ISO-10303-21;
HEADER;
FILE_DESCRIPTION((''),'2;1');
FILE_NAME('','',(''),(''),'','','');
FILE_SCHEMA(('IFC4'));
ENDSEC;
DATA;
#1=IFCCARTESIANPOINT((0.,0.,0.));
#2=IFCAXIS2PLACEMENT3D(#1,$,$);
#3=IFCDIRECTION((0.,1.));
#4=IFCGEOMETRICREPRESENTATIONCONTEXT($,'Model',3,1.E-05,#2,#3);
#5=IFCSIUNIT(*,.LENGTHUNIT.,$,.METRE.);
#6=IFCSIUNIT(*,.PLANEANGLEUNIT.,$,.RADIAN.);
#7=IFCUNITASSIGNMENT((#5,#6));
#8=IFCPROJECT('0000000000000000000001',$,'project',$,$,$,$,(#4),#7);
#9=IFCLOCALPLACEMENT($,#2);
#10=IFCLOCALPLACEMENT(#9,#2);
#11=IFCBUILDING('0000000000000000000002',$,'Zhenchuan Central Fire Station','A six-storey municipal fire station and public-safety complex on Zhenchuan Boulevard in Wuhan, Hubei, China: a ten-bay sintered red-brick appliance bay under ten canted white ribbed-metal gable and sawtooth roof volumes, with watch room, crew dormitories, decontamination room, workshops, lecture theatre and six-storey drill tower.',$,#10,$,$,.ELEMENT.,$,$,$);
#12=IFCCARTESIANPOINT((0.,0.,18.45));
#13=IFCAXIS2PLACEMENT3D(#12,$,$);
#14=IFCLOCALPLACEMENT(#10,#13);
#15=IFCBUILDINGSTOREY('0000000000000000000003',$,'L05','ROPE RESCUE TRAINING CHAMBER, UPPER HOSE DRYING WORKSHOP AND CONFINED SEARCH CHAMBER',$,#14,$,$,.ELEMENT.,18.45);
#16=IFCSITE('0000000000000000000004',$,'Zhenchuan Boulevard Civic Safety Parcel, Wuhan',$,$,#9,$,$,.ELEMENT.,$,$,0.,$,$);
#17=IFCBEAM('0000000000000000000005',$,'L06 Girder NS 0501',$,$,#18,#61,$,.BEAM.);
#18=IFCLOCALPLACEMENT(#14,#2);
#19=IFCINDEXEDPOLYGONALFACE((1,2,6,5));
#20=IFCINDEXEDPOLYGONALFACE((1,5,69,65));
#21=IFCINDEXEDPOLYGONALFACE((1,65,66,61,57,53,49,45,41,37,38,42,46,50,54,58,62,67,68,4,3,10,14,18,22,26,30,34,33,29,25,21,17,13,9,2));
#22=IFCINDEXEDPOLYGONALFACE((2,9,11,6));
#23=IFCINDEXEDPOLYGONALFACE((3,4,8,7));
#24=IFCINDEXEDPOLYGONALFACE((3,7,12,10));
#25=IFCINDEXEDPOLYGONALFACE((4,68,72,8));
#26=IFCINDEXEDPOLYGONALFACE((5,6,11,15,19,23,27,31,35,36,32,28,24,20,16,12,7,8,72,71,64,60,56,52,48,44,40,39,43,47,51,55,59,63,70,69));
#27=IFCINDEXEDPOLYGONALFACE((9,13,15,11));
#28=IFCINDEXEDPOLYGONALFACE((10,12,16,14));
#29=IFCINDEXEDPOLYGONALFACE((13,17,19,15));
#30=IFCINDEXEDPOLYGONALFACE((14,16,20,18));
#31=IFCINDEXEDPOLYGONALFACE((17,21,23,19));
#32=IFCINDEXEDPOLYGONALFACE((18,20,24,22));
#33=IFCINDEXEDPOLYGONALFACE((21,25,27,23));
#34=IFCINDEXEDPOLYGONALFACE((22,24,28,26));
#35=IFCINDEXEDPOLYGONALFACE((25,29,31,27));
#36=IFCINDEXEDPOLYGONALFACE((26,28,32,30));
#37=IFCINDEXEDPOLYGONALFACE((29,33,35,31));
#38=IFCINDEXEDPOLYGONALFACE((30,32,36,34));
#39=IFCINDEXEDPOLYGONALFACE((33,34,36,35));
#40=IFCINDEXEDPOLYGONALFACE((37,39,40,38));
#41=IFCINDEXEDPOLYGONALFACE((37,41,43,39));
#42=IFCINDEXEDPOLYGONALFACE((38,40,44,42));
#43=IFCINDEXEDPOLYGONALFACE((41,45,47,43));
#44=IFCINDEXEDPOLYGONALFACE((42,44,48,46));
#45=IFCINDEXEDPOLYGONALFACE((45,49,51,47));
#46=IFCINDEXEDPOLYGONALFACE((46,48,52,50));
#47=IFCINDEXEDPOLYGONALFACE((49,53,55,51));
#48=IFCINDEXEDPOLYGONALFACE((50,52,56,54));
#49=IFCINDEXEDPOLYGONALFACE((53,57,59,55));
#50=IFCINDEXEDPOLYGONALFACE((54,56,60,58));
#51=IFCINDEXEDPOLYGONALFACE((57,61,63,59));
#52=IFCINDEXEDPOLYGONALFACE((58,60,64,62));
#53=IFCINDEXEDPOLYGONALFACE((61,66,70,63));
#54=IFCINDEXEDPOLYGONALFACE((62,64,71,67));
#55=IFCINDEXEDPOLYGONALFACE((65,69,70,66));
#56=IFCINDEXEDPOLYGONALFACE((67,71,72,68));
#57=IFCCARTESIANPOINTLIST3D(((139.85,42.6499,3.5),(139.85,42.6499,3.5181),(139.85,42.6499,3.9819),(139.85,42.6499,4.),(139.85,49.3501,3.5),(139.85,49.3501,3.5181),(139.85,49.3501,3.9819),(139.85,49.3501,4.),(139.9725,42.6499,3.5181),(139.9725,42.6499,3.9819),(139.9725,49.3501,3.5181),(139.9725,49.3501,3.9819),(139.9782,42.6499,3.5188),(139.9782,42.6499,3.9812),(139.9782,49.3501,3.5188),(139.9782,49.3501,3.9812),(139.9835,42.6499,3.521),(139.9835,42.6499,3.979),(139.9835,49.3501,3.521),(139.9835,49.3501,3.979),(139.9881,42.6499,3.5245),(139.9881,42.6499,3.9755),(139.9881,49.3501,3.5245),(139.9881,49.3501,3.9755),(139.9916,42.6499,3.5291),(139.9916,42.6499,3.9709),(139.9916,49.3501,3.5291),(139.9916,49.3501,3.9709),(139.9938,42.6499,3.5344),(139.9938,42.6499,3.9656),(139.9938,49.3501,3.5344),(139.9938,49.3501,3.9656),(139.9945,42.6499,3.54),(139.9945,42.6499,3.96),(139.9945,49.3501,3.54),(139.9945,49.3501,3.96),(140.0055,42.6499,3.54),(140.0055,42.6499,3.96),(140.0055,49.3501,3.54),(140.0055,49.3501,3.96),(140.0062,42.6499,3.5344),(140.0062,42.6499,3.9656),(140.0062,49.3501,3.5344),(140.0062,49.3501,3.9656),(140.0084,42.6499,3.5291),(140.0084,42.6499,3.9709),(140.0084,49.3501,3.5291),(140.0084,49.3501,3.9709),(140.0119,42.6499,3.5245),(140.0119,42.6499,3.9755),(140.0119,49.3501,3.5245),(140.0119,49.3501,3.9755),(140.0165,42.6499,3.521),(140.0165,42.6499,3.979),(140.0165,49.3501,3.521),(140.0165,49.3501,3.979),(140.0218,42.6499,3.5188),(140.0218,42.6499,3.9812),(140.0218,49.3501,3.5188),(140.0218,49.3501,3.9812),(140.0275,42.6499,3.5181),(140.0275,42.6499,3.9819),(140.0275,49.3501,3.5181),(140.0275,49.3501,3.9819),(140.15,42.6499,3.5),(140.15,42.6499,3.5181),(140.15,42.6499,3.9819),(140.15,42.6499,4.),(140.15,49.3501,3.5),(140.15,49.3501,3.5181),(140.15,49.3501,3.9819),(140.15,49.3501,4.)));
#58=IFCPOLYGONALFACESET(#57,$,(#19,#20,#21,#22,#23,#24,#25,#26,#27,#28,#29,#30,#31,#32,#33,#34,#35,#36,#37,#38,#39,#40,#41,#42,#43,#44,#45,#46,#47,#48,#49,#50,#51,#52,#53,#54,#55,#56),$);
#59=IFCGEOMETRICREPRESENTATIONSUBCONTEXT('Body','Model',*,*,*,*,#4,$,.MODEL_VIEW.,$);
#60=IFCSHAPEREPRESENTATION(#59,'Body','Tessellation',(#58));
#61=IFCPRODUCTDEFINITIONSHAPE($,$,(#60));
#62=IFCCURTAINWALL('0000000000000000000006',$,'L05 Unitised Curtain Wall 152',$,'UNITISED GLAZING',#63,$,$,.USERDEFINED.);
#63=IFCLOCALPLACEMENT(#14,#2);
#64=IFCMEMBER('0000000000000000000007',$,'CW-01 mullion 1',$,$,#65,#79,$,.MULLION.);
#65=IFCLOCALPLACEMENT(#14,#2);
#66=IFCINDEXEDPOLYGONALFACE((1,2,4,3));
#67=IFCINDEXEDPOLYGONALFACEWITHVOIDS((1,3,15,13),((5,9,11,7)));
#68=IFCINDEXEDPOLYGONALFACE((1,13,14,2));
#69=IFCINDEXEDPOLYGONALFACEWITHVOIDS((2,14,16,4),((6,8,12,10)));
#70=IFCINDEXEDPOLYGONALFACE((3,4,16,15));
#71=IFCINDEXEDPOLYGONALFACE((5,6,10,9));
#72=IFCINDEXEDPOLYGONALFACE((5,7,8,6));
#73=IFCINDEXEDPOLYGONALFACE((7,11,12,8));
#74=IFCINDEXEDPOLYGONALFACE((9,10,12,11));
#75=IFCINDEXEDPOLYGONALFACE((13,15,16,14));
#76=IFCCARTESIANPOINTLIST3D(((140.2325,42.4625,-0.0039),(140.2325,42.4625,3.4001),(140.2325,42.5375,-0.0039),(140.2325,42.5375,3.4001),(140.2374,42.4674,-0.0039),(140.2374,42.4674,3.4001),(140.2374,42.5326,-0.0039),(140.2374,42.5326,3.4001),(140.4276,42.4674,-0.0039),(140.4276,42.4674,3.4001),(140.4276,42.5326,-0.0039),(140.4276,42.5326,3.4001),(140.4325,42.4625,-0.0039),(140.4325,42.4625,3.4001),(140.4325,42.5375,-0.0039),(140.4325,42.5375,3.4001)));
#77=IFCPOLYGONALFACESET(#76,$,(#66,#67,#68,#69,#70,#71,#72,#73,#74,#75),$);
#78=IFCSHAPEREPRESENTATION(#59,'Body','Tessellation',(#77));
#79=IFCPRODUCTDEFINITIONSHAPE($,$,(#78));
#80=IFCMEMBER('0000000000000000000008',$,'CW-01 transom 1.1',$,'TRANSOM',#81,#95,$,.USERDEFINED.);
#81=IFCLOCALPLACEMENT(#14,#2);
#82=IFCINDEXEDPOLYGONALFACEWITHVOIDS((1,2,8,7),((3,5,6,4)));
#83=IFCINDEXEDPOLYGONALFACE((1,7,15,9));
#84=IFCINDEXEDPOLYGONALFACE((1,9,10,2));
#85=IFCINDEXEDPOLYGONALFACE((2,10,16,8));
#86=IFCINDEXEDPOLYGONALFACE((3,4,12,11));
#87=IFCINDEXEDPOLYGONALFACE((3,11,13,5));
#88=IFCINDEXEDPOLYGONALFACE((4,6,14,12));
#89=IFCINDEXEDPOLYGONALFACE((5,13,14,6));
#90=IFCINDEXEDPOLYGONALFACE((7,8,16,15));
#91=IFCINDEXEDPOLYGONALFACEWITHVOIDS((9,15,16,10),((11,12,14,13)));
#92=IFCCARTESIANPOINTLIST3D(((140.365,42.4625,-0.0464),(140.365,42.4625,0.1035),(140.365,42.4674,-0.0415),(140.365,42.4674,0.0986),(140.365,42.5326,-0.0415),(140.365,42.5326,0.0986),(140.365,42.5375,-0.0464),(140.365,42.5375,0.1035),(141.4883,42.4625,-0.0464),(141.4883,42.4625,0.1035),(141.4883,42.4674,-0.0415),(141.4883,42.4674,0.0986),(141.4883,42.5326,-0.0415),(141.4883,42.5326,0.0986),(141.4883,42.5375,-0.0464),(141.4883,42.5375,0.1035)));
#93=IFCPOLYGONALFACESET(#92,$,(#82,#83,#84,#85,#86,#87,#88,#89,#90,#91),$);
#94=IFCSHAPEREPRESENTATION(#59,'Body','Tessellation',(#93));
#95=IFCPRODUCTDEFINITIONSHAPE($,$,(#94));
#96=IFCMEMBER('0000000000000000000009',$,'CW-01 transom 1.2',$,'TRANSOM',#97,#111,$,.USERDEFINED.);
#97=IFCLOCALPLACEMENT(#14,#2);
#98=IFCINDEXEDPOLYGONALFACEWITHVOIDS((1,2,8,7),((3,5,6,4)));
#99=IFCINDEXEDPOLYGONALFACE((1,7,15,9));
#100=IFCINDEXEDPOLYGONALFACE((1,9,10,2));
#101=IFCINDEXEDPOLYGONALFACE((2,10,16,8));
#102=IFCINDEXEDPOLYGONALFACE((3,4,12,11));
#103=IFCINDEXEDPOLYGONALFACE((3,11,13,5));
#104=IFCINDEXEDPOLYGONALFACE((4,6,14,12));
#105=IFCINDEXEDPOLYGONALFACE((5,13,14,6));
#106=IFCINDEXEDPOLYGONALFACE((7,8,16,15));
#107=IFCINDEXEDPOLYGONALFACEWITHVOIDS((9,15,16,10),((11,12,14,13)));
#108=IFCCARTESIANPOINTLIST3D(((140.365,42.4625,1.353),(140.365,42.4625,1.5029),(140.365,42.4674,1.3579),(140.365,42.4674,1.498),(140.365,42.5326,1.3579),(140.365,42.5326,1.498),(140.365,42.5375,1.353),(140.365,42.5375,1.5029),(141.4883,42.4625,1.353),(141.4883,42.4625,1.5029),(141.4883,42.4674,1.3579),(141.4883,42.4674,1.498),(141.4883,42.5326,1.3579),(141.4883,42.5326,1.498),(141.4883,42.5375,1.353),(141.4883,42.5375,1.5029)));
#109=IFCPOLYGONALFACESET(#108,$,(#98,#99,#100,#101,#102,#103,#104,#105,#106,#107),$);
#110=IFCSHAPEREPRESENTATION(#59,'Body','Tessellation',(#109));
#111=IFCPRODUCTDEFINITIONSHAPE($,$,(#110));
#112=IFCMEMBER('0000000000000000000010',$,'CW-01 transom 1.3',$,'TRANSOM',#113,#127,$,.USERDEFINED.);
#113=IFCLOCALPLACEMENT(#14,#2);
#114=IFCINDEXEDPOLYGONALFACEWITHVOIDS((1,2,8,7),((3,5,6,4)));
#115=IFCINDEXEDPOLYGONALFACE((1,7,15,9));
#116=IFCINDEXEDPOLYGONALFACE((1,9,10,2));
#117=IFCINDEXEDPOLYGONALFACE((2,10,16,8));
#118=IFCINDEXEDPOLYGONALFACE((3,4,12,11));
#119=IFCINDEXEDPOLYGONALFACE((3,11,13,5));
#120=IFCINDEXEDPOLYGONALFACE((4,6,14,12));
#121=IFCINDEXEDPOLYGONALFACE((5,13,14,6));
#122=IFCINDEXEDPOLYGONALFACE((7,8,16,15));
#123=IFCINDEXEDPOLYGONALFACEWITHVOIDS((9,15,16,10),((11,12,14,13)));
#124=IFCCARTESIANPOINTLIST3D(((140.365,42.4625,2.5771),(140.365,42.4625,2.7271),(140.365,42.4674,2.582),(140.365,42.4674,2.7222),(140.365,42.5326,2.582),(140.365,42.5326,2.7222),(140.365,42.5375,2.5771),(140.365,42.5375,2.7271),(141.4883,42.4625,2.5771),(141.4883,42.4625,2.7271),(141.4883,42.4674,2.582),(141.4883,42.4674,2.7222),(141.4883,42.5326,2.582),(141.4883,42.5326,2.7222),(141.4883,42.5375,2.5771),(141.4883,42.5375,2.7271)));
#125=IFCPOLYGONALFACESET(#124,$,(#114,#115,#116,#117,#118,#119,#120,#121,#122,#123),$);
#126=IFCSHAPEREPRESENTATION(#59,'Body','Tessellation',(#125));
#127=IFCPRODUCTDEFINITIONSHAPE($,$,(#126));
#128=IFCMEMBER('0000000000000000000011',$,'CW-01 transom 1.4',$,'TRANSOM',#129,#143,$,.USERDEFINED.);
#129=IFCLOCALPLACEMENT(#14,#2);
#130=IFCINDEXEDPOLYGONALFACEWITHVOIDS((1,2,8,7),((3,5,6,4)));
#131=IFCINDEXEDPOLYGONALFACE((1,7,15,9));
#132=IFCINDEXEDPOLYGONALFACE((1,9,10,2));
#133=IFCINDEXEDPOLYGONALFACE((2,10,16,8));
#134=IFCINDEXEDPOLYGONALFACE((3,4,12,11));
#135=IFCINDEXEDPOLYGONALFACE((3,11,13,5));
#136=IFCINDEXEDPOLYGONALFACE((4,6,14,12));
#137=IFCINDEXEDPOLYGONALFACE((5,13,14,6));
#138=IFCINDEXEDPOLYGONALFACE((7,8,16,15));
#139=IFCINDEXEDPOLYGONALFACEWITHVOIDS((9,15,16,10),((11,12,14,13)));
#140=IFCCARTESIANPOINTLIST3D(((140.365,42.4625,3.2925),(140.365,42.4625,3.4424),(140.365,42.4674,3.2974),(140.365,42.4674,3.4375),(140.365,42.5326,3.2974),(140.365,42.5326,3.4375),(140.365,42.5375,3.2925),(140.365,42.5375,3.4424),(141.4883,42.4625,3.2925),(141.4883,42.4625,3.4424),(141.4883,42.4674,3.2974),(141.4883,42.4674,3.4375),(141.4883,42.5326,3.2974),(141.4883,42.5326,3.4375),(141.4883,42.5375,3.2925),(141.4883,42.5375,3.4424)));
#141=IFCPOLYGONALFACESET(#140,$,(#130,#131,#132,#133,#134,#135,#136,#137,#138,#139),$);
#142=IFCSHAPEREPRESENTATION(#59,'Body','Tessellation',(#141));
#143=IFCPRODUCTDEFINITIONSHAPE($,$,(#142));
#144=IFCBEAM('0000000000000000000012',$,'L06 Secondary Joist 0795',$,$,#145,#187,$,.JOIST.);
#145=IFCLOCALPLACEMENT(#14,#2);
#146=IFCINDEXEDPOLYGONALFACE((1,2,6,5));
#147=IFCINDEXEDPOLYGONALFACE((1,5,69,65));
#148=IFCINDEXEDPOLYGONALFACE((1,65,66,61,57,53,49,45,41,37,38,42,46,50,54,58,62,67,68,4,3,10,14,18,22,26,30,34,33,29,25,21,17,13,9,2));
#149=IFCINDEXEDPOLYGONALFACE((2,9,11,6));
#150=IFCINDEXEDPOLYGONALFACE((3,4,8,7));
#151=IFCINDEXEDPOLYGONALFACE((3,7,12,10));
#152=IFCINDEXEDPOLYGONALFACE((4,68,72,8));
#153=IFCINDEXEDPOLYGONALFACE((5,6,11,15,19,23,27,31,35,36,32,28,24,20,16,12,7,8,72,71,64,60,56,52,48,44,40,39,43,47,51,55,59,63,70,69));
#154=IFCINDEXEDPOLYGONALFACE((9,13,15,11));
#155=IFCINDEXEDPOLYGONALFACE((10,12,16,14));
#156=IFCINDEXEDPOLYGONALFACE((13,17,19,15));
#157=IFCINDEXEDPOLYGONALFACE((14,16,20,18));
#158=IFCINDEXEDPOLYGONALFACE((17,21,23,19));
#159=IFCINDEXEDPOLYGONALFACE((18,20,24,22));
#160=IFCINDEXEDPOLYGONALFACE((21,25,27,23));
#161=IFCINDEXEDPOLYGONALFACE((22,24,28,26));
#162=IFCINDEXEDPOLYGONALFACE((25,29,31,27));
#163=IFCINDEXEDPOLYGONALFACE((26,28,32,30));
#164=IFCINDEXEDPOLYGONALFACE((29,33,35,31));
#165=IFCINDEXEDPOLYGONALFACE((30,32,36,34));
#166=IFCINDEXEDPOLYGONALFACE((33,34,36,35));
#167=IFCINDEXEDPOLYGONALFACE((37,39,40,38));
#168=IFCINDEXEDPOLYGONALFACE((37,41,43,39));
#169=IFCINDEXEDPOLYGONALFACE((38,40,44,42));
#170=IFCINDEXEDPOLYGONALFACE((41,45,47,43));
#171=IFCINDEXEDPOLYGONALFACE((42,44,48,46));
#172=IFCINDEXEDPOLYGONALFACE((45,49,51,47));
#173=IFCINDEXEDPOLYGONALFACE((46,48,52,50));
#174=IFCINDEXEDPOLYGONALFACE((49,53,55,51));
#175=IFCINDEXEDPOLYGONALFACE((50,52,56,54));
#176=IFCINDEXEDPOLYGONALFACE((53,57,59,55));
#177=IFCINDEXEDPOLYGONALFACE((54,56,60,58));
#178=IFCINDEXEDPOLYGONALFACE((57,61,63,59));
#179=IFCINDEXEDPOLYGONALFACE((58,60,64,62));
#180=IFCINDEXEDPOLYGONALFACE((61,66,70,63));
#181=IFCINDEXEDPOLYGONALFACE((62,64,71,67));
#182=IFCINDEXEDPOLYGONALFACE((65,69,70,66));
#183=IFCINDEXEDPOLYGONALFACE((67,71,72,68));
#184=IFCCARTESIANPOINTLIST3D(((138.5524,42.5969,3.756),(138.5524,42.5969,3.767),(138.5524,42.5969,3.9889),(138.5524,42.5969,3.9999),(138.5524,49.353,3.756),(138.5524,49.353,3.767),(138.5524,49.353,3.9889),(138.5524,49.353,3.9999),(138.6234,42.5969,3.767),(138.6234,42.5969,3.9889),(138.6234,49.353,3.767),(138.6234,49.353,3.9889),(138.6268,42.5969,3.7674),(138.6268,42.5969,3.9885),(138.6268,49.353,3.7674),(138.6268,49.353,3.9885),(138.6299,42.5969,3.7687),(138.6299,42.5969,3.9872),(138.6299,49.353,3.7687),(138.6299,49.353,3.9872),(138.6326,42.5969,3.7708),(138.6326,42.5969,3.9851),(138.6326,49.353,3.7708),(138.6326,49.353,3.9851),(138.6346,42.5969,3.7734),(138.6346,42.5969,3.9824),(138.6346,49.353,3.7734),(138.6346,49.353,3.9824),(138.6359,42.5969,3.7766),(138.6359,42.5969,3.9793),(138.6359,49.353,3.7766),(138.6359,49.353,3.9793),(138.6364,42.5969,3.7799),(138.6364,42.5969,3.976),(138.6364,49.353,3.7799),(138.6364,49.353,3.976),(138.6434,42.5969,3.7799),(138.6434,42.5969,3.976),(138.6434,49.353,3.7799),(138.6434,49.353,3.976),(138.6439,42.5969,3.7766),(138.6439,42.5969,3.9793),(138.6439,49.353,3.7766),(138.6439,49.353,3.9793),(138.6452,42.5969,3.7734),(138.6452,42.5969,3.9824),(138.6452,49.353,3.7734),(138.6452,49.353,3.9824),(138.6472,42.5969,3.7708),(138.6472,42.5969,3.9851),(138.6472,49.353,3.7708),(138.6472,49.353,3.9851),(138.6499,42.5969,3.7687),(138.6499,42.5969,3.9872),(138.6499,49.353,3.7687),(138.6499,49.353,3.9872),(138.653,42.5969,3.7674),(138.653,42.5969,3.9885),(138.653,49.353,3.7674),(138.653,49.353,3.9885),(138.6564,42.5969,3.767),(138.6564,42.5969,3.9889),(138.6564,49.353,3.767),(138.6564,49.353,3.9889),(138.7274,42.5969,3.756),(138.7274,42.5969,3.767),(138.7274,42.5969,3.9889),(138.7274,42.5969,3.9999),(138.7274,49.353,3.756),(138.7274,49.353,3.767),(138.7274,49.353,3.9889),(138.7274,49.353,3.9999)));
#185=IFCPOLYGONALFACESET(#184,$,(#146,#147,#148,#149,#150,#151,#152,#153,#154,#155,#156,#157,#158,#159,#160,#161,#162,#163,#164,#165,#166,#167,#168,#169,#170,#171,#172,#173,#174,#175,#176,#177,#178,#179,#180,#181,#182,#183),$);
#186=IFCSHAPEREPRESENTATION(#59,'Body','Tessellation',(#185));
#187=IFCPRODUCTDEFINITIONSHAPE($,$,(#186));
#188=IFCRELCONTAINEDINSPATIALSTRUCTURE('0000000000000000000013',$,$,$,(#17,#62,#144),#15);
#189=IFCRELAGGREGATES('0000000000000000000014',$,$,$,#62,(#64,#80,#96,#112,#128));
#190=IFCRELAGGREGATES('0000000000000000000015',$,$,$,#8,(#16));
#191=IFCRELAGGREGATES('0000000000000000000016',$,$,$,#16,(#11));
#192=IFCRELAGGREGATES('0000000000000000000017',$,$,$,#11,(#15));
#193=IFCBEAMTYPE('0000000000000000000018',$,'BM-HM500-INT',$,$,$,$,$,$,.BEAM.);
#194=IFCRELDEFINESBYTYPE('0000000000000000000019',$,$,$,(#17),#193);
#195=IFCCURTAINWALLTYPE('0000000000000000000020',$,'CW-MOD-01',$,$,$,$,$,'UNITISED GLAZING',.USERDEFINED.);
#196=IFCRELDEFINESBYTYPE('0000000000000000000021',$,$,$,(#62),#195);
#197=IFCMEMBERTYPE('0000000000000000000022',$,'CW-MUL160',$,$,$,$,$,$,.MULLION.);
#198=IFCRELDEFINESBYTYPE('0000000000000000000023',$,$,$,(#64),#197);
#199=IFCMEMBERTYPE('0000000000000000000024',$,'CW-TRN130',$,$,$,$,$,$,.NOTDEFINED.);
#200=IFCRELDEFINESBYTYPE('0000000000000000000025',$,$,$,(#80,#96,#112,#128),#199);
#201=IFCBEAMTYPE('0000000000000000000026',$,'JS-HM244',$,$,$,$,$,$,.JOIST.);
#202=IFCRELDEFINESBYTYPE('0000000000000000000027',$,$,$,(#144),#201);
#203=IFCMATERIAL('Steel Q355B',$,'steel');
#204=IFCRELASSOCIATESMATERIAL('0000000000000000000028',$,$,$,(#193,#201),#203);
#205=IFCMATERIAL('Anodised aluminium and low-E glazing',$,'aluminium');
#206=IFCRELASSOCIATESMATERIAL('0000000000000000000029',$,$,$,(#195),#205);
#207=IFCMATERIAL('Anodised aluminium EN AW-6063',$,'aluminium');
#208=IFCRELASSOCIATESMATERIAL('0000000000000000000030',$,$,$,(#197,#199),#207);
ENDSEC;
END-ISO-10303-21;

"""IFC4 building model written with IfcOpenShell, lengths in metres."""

from ifc_helpers import new_model, si_unit, direction, frame, origin, origin_2d, place, context, subcontext, project, spatial, hollow_rectangle, i_section, extrude, material, material_profile, profile_set, type_object, element, aggregate, save


model = new_model("IFC4")

# Units and contexts
model_context = context("Model", 3, precision=1e-05, world=origin(), true_north=direction((0.0, 1.0)))
body_context = subcontext(model_context, "Body", "Model", "MODEL_VIEW")
ifc_project = project(units=[si_unit("LENGTHUNIT", "METRE"), si_unit("PLANEANGLEUNIT", "RADIAN")], contexts=[model_context])

# Site, building, storey
site_placement = place(None, origin())
site = spatial("IfcSite", under=ifc_project, at=site_placement, Name="Zhenchuan Boulevard Civic Safety Parcel, Wuhan", CompositionType="ELEMENT", RefElevation=0.0)
building_placement = place(site_placement, origin())
building = spatial("IfcBuilding", under=site, at=building_placement, Name="Zhenchuan Central Fire Station", Description="A six-storey municipal fire station and public-safety complex on Zhenchuan Boulevard in Wuhan, Hubei, China: a ten-bay sintered red-brick appliance bay under ten canted white ribbed-metal gable and sawtooth roof volumes, with watch room, crew dormitories, decontamination room, workshops, lecture theatre and six-storey drill tower.", CompositionType="ELEMENT")
storey_placement = place(building_placement, frame((0.0, 0.0, 18.45)))
storey = spatial("IfcBuildingStorey", under=building, at=storey_placement, Name="L05", Description="ROPE RESCUE TRAINING CHAMBER, UPPER HOSE DRYING WORKSHOP AND CONFINED SEARCH CHAMBER", CompositionType="ELEMENT", Elevation=18.45)

# Shared definitions
ifc_material_1 = material(Name="Steel Q355B", Category="steel")

# Beam
ifc_material_profile_1 = material_profile(ifc_material_1, i_section(OverallWidth=0.3, OverallDepth=0.5, WebThickness=0.011, FlangeThickness=0.0181, FilletRadius=0.022, at=origin_2d()), Name="HM 500x300")
ifc_profile_set_1 = profile_set([ifc_material_profile_1], Name="Steel Q355B")
beam_type_1 = type_object("IfcBeamType", Name="BM-HM500-INT", PredefinedType="BEAM", material=ifc_profile_set_1)
beam_1_placement = place(storey_placement, frame((140.0, 42.6499, 3.75), z_axis=(0.0, 1.0, 0.0), x_axis=(-1.0, 0.0, 0.0)))
element("IfcBeam", 1, at=beam_1_placement, inside=storey, type_object=beam_type_1, Name="L06 Girder NS 0501", PredefinedType="BEAM", context=body_context, shape_type="SweptSolid", body=[
    extrude(i_section(OverallWidth=0.3, OverallDepth=0.5, WebThickness=0.011, FlangeThickness=0.0181, FilletRadius=0.022, at=origin_2d()), origin(), (0.0, 0.0, 1.0), 6.7002),
])

# Curtain wall, members
ifc_material_2 = material(Name="Anodised aluminium and low-E glazing", Category="aluminium")
curtain_wall_type = type_object("IfcCurtainWallType", Name="CW-MOD-01", ElementType="UNITISED GLAZING", PredefinedType="USERDEFINED", material=ifc_material_2)
curtain_wall_placement = place(storey_placement, origin())
curtain_wall = element("IfcCurtainWall", 2, at=curtain_wall_placement, inside=storey, type_object=curtain_wall_type, Name="L05 Unitised Curtain Wall 152", ObjectType="UNITISED GLAZING", PredefinedType="USERDEFINED")
ifc_material_3 = material(Name="Anodised aluminium EN AW-6063", Category="aluminium")
ifc_material_profile_2 = material_profile(ifc_material_3, hollow_rectangle(XDim=0.075, YDim=0.2, WallThickness=0.0049, at=origin_2d()), Name="ALU-M 200x75")
ifc_profile_set_2 = profile_set([ifc_material_profile_2], Name="Anodised aluminium EN AW-6063")
member_type_1 = type_object("IfcMemberType", Name="CW-MUL160", PredefinedType="MULLION", material=ifc_profile_set_2)
member_1_placement = place(storey_placement, frame((140.3325, 42.5, -0.0039), z_axis=(0.0, 0.0, 1.0), x_axis=(0.0, 1.0, 0.0)))
member_1 = element("IfcMember", 3, at=member_1_placement, type_object=member_type_1, Name="CW-01 mullion 1", PredefinedType="MULLION", context=body_context, shape_type="SweptSolid", body=[
    extrude(hollow_rectangle(XDim=0.075, YDim=0.2, WallThickness=0.0049, at=origin_2d()), origin(), (0.0, 0.0, 1.0), 3.4041),
])
ifc_material_profile_3 = material_profile(ifc_material_3, hollow_rectangle(XDim=0.075, YDim=0.1499, WallThickness=0.0049, at=origin_2d()), Name="ALU-T 150x75")
ifc_profile_set_3 = profile_set([ifc_material_profile_3], Name="Anodised aluminium EN AW-6063")
member_type_2 = type_object("IfcMemberType", Name="CW-TRN130", PredefinedType="NOTDEFINED", material=ifc_profile_set_3)
member_2_placement = place(storey_placement, frame((140.365, 42.5, 0.0286), z_axis=(1.0, 0.0, 0.0), x_axis=(0.0, 1.0, 0.0)))
member_2 = element("IfcMember", 4, at=member_2_placement, type_object=member_type_2, Name="CW-01 transom 1.1", ObjectType="TRANSOM", PredefinedType="USERDEFINED", context=body_context, shape_type="SweptSolid", body=[
    extrude(hollow_rectangle(XDim=0.075, YDim=0.1499, WallThickness=0.0049, at=origin_2d()), origin(), (0.0, 0.0, 1.0), 1.1233),
])
member_3_placement = place(storey_placement, frame((140.365, 42.5, 1.428), z_axis=(1.0, 0.0, 0.0), x_axis=(0.0, 1.0, 0.0)))
member_3 = element("IfcMember", 5, at=member_3_placement, type_object=member_type_2, Name="CW-01 transom 1.2", ObjectType="TRANSOM", PredefinedType="USERDEFINED", context=body_context, shape_type="SweptSolid", body=[
    extrude(hollow_rectangle(XDim=0.075, YDim=0.1499, WallThickness=0.0049, at=origin_2d()), origin(), (0.0, 0.0, 1.0), 1.1233),
])
member_4_placement = place(storey_placement, frame((140.365, 42.5, 2.6521), z_axis=(1.0, 0.0, 0.0), x_axis=(0.0, 1.0, 0.0)))
member_4 = element("IfcMember", 6, at=member_4_placement, type_object=member_type_2, Name="CW-01 transom 1.3", ObjectType="TRANSOM", PredefinedType="USERDEFINED", context=body_context, shape_type="SweptSolid", body=[
    extrude(hollow_rectangle(XDim=0.075, YDim=0.1499, WallThickness=0.0049, at=origin_2d()), origin(), (0.0, 0.0, 1.0), 1.1233),
])
member_5_placement = place(storey_placement, frame((140.365, 42.5, 3.3674), z_axis=(1.0, 0.0, 0.0), x_axis=(0.0, 1.0, 0.0)))
member_5 = element("IfcMember", 7, at=member_5_placement, type_object=member_type_2, Name="CW-01 transom 1.4", ObjectType="TRANSOM", PredefinedType="USERDEFINED", context=body_context, shape_type="SweptSolid", body=[
    extrude(hollow_rectangle(XDim=0.075, YDim=0.1499, WallThickness=0.0049, at=origin_2d()), origin(), (0.0, 0.0, 1.0), 1.1233),
])

# Beam
ifc_material_profile_4 = material_profile(ifc_material_1, i_section(OverallWidth=0.175, OverallDepth=0.2439, WebThickness=0.0071, FlangeThickness=0.011, FilletRadius=0.0129, at=origin_2d()), Name="HM 244x175")
ifc_profile_set_4 = profile_set([ifc_material_profile_4], Name="Steel Q355B")
beam_type_2 = type_object("IfcBeamType", Name="JS-HM244", PredefinedType="JOIST", material=ifc_profile_set_4)
for number, where, z_axis, x_axis, name in (
    (8, (138.6399, 42.5969, 3.8779), (0.0, 1.0, 0.0), (-1.0, 0.0, 0.0), "L06 Secondary Joist 0795"),
):
    element("IfcBeam", number, at=place(storey_placement, frame(where, z_axis=z_axis, x_axis=x_axis)), inside=storey, type_object=beam_type_2, Name=name, PredefinedType="JOIST", context=body_context, shape_type="SweptSolid", body=[
        extrude(i_section(OverallWidth=0.175, OverallDepth=0.2439, WebThickness=0.0071, FlangeThickness=0.011, FilletRadius=0.0129, at=origin_2d()), origin(), (0.0, 0.0, 1.0), 6.7561),
    ])

aggregate(curtain_wall, [member_1, member_2, member_3, member_4, member_5])

save(model, "model.ifc")
